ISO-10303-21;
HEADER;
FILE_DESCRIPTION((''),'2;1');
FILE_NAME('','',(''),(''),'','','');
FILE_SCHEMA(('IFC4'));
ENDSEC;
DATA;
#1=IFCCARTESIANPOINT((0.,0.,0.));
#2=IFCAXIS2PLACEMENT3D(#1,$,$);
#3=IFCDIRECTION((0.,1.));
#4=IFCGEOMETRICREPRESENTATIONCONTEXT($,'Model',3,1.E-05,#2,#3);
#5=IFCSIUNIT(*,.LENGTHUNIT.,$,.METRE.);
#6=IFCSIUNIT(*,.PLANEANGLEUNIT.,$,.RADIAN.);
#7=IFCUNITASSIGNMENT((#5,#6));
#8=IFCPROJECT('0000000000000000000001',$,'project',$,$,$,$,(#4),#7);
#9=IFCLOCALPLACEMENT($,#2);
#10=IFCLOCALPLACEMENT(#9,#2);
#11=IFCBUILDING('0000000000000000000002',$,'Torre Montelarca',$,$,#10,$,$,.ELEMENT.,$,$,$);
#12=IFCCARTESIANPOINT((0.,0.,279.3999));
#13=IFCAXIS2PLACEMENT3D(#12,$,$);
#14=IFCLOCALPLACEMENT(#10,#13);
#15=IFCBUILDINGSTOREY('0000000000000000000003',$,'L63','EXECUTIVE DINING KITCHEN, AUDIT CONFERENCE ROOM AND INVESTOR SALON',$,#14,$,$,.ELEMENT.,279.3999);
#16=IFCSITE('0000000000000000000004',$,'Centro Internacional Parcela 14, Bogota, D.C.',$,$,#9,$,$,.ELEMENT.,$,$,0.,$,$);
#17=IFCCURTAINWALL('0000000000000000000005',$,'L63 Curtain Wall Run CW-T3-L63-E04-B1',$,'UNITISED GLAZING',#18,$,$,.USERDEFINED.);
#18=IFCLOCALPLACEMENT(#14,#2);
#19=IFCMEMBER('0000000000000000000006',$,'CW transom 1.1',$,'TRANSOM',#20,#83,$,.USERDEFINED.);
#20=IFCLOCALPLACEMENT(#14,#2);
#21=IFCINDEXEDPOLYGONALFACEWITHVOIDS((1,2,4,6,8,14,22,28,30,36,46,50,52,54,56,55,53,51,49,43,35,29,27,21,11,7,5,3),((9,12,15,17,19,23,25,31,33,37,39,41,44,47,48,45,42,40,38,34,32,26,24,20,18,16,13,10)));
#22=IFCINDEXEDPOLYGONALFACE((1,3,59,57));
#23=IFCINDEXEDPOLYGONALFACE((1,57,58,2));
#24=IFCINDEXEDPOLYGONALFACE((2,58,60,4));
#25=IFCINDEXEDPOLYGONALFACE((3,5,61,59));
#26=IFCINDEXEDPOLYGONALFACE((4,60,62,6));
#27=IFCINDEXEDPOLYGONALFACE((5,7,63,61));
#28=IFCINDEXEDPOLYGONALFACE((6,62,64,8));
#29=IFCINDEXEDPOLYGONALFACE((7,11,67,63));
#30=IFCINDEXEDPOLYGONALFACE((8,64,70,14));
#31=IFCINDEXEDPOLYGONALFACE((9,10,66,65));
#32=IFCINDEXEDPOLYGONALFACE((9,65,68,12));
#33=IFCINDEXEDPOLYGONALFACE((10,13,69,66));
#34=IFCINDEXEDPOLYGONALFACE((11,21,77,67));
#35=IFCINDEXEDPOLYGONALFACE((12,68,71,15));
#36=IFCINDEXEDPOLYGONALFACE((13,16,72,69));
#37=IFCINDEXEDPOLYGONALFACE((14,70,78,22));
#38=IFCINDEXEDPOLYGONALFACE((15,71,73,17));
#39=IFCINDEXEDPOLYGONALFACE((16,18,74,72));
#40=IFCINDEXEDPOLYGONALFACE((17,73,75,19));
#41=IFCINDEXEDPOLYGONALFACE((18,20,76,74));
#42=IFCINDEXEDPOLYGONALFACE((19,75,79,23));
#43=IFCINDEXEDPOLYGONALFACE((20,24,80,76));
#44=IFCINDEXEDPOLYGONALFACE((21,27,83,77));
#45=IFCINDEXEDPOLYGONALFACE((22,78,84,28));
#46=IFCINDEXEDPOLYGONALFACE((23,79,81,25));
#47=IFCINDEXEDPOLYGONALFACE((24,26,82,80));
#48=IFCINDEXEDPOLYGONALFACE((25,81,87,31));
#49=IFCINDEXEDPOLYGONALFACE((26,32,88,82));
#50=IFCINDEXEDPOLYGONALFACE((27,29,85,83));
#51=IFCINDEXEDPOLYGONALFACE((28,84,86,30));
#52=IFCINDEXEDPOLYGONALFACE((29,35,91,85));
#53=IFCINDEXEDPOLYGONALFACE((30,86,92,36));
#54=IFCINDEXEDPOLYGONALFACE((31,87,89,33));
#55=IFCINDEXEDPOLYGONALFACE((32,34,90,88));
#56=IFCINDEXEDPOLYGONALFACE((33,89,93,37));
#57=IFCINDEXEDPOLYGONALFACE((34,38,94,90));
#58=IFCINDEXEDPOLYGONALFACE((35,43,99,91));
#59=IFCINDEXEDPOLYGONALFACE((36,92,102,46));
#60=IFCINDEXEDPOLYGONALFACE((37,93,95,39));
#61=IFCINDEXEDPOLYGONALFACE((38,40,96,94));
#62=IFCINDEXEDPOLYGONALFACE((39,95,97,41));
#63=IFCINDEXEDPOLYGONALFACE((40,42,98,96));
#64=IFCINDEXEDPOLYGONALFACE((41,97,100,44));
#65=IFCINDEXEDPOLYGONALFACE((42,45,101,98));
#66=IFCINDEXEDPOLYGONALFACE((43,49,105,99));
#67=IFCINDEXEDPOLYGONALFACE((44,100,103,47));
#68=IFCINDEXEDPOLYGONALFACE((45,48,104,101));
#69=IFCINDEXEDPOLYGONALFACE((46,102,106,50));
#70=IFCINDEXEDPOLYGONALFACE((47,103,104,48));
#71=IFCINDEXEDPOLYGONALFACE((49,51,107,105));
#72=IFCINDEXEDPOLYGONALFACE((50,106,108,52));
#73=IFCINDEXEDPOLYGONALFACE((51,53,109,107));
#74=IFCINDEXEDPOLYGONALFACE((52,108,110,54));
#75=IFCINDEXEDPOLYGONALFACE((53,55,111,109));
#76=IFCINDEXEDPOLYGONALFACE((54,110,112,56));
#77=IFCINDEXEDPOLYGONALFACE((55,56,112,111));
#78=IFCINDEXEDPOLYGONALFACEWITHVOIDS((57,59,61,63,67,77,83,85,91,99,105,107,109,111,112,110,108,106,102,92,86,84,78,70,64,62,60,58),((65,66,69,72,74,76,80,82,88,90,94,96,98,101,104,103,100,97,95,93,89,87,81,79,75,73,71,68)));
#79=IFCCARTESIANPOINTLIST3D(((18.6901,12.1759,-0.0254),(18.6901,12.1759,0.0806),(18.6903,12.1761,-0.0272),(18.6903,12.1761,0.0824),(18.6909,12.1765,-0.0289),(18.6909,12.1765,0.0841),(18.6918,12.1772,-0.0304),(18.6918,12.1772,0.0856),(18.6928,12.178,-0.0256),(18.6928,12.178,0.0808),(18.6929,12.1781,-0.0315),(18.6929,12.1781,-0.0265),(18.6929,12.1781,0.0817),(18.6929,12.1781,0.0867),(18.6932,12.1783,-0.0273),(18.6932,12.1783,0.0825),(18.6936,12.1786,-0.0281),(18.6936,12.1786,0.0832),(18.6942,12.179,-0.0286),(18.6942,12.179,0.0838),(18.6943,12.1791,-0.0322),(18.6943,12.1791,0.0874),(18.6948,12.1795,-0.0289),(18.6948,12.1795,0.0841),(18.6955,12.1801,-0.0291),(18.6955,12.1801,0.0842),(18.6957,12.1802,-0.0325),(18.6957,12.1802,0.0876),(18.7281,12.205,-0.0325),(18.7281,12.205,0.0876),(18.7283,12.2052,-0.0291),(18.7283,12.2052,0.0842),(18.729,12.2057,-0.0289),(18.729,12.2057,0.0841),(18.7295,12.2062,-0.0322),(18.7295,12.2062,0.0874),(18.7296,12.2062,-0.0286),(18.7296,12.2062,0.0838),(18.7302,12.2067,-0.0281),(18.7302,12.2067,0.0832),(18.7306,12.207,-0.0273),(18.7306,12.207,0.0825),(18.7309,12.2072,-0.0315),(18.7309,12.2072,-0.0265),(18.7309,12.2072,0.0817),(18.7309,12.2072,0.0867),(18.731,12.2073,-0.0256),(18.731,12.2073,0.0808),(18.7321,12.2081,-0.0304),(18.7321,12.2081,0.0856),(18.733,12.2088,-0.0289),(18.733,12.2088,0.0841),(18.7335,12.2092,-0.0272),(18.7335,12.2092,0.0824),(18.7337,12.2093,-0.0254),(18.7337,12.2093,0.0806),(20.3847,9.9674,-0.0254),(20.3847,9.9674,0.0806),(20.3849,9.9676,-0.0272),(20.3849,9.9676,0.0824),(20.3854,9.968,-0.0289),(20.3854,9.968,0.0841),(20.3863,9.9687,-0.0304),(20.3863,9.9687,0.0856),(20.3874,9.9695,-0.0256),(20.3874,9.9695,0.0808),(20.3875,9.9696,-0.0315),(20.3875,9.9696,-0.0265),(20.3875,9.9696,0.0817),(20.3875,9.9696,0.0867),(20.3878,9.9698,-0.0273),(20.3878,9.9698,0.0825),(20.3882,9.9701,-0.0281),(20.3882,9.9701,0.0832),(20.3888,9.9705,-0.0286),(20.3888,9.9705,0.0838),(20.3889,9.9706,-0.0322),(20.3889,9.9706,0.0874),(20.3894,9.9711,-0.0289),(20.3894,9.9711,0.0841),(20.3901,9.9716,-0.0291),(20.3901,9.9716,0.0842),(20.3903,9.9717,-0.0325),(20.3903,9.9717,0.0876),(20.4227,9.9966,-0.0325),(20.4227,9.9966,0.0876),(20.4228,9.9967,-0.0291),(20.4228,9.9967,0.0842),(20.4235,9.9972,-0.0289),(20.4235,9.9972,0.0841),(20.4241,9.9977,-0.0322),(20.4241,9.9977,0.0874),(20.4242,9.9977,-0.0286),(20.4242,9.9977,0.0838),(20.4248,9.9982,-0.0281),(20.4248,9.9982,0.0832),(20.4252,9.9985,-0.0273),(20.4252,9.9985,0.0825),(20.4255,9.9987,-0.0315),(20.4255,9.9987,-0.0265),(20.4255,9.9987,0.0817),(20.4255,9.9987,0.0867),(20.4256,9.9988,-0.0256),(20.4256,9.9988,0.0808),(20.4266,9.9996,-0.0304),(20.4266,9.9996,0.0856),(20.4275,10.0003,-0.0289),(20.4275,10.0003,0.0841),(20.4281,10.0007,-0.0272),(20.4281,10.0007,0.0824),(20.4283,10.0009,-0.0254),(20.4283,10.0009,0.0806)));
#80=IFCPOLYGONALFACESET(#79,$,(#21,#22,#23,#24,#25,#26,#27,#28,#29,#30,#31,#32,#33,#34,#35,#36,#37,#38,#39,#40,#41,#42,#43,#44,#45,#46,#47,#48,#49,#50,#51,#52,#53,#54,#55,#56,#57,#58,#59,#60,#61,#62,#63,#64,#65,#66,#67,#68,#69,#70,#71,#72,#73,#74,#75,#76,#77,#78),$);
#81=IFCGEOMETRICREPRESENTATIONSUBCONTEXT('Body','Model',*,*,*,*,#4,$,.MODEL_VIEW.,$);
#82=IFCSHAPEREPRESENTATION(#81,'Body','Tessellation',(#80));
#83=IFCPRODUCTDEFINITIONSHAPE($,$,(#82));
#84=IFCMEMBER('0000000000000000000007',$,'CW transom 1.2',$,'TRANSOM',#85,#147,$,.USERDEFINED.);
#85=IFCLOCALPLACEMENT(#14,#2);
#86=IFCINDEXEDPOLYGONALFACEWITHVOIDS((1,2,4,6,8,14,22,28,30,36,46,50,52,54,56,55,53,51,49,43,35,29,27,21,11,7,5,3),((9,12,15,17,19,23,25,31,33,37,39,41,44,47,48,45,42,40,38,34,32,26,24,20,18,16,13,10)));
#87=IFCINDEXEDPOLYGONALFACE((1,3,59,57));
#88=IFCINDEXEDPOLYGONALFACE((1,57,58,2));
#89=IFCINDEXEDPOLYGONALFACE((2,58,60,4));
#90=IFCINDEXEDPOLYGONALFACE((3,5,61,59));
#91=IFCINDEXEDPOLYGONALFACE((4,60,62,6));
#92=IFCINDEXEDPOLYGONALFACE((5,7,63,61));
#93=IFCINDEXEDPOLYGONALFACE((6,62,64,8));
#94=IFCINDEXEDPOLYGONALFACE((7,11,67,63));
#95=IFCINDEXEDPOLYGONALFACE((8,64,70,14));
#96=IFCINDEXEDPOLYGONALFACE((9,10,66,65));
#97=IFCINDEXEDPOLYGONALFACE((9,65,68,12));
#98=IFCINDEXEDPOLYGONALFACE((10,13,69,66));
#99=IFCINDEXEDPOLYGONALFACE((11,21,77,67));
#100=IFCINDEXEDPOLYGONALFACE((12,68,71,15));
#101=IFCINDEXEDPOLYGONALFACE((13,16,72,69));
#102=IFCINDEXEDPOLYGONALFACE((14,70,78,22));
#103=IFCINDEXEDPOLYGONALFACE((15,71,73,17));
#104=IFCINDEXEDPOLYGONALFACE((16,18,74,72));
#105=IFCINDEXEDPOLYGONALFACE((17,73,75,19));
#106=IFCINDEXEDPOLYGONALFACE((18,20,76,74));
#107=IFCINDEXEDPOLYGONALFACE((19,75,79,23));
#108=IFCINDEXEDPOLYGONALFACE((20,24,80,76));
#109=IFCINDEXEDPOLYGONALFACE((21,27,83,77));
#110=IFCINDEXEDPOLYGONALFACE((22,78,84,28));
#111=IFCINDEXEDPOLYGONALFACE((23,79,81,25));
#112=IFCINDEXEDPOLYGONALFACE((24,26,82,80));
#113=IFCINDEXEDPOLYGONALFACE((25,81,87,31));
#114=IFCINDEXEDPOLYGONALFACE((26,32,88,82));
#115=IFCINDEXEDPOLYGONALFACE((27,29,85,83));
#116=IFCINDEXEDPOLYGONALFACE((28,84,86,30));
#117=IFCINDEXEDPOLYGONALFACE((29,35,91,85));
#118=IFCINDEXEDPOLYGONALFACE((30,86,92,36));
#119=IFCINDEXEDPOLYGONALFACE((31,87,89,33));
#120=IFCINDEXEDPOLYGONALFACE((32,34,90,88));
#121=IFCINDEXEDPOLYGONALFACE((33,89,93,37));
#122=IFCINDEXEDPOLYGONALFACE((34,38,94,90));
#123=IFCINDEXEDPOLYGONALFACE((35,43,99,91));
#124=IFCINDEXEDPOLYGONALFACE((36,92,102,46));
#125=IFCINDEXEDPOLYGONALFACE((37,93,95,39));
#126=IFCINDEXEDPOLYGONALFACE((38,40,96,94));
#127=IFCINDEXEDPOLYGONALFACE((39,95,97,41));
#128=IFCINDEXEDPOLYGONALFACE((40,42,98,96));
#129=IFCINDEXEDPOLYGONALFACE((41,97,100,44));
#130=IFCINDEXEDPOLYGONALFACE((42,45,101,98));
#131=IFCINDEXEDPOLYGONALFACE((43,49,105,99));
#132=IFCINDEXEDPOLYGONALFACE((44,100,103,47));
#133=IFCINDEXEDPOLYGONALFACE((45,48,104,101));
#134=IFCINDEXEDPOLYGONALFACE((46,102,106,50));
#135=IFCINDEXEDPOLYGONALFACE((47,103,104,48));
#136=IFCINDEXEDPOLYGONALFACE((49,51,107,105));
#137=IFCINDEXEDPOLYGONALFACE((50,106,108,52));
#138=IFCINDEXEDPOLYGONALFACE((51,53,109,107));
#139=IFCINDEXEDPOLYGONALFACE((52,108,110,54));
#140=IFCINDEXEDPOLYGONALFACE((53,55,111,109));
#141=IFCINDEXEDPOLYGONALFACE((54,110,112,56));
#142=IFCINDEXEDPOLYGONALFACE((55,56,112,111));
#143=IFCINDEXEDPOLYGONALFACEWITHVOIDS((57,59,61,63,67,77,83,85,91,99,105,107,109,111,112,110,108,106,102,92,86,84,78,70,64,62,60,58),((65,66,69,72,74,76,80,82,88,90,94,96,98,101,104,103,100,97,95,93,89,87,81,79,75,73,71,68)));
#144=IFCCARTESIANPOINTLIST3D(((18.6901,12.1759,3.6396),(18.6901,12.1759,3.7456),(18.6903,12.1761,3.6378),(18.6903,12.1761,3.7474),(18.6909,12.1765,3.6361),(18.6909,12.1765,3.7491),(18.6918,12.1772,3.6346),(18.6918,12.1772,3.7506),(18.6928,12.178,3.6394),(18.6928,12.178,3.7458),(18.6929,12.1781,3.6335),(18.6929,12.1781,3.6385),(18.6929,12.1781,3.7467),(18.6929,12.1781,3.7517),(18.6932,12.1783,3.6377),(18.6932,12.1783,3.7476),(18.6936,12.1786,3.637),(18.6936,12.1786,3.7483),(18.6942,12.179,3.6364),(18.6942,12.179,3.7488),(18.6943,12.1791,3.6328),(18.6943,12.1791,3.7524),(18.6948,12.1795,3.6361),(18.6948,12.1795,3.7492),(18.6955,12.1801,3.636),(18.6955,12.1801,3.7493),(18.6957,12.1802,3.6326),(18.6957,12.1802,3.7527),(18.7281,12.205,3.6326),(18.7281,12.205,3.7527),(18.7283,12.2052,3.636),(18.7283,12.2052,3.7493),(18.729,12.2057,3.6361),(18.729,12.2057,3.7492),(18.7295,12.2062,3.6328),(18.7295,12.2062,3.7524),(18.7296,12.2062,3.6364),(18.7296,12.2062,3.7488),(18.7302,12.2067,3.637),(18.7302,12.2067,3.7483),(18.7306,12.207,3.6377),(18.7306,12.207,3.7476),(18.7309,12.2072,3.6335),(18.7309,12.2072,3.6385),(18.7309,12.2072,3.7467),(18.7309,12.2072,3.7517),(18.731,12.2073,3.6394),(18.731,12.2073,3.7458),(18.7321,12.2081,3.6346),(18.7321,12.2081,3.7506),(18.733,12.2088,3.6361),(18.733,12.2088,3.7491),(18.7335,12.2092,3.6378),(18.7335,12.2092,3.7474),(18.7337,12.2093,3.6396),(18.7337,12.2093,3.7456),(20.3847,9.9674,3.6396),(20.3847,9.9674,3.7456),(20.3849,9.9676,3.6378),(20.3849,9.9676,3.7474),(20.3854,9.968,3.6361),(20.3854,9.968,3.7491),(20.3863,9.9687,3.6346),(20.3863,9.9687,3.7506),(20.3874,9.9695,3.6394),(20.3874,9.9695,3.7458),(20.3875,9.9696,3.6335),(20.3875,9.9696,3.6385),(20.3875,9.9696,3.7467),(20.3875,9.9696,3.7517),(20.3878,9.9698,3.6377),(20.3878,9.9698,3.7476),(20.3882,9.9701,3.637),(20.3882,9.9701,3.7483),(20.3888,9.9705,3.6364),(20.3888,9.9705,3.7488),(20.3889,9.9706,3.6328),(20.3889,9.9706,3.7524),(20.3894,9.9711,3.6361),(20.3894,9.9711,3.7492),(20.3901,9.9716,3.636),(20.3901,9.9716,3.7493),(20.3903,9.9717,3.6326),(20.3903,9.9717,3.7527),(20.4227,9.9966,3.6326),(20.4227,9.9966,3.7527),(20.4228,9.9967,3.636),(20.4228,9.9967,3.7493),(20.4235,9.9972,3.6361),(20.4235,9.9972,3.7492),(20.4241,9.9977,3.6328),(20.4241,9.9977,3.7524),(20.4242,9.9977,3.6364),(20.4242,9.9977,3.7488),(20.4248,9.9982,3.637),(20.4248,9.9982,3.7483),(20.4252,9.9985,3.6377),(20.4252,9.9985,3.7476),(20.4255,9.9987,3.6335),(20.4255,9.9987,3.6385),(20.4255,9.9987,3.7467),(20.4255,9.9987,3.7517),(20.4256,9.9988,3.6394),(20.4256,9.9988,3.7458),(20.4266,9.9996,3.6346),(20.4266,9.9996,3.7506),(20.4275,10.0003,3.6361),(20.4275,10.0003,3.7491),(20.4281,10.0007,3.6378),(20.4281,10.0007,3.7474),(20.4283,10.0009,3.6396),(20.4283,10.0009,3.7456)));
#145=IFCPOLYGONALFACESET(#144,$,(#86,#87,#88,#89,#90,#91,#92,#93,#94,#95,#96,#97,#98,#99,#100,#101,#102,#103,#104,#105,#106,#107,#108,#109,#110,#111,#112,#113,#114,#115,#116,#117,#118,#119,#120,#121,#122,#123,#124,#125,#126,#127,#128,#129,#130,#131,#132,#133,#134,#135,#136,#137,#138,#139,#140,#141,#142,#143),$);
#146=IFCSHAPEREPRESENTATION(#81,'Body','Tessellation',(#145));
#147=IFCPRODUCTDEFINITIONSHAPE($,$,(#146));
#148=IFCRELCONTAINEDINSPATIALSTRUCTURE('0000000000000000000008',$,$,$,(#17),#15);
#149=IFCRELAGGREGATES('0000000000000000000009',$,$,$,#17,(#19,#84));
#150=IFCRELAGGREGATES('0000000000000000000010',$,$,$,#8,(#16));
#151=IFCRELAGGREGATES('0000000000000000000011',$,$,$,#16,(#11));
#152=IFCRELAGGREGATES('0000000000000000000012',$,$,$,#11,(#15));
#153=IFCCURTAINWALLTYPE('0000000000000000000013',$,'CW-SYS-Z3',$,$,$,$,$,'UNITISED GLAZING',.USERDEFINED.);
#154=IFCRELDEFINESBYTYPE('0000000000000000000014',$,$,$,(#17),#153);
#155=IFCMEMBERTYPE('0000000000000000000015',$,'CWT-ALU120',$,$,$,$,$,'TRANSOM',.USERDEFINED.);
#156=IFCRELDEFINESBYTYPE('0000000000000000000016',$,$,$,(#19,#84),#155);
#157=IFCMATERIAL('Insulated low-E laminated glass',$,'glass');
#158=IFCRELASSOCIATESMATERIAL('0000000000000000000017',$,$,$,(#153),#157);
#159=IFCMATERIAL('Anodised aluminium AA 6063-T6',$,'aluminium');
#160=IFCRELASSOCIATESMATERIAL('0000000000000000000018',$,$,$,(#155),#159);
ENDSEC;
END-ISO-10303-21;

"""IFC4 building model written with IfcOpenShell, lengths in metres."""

from ifc_helpers import new_model, si_unit, direction, frame, origin, origin_2d, place, context, subcontext, project, spatial, hollow_rectangle, extrude, source, transform, mapped, material, material_profile, profile_set, type_object, element, aggregate, save


model = new_model("IFC4")

# Units and contexts
model_context = context("Model", 3, precision=1e-05, world=origin(), true_north=direction((0.0, 1.0)))
body_context = subcontext(model_context, "Body", "Model", "MODEL_VIEW")
ifc_project = project(units=[si_unit("LENGTHUNIT", "METRE"), si_unit("PLANEANGLEUNIT", "RADIAN")], contexts=[model_context])

# Site, building, storey
site_placement = place(None, origin())
site = spatial("IfcSite", under=ifc_project, at=site_placement, Name="Centro Internacional Parcela 14, Bogota, D.C.", CompositionType="ELEMENT", RefElevation=0.0)
building_placement = place(site_placement, origin())
building = spatial("IfcBuilding", under=site, at=building_placement, Name="Torre Montelarca", CompositionType="ELEMENT")
storey_placement = place(building_placement, frame((0.0, 0.0, 279.3999)))
storey = spatial("IfcBuildingStorey", under=building, at=storey_placement, Name="L63", Description="EXECUTIVE DINING KITCHEN, AUDIT CONFERENCE ROOM AND INVESTOR SALON", CompositionType="ELEMENT", Elevation=279.3999)

# Curtain wall, members
ifc_material_1 = material(Name="Insulated low-E laminated glass", Category="glass")
curtain_wall_type = type_object("IfcCurtainWallType", Name="CW-SYS-Z3", ElementType="UNITISED GLAZING", PredefinedType="USERDEFINED", material=ifc_material_1)
ifc_material_2 = material(Name="Anodised aluminium AA 6063-T6", Category="aluminium")
ifc_material_profile_1 = material_profile(ifc_material_2, hollow_rectangle(XDim=0.0549, YDim=0.1201, WallThickness=0.0034, InnerFilletRadius=0.0034, OuterFilletRadius=0.0071, at=origin_2d()), Name="ALU55X120X3.5", Category="aluminium")
ifc_profile_set_1 = profile_set([ifc_material_profile_1], Name="Anodised aluminium AA 6063-T6")
member_type_1 = type_object("IfcMemberType", Name="CWT-ALU120", ElementType="TRANSOM", PredefinedType="USERDEFINED", material=ifc_profile_set_1)
curtain_wall_1_placement = place(storey_placement, origin())
curtain_wall_1 = element("IfcCurtainWall", 1, at=curtain_wall_1_placement, inside=storey, type_object=curtain_wall_type, Name="L63 Curtain Wall Run CW-T3-L63-E04-B1", ObjectType="UNITISED GLAZING", PredefinedType="USERDEFINED")
shared_shape_1 = source(origin(), body_context, "Body", "SweptSolid", [
    extrude(hollow_rectangle(XDim=0.0549, YDim=0.1201, WallThickness=0.0034, InnerFilletRadius=0.0034, OuterFilletRadius=0.0071, at=origin_2d()), origin(), (0.0, 0.0, 1.0), 2.7837),
])
member_1_placement = place(storey_placement, frame((18.7119, 12.1926, 0.0276), z_axis=(0.608748, -0.793364, 0.0), x_axis=(0.793364, 0.608748, 0.0)))
member_1 = element("IfcMember", 2, at=member_1_placement, type_object=member_type_1, Name="CW transom 1.1", ObjectType="TRANSOM", PredefinedType="USERDEFINED", context=body_context, shape_type="MappedRepresentation", body=[
    mapped(shared_shape_1, transform((0.0, 0.0, 0.0), scale=1.0)),
])
member_2_placement = place(storey_placement, frame((18.7119, 12.1926, 3.6926), z_axis=(0.608748, -0.793364, 0.0), x_axis=(0.793364, 0.608748, 0.0)))
member_2 = element("IfcMember", 3, at=member_2_placement, type_object=member_type_1, Name="CW transom 1.2", ObjectType="TRANSOM", PredefinedType="USERDEFINED", context=body_context, shape_type="MappedRepresentation", body=[
    mapped(shared_shape_1, transform((0.0, 0.0, 0.0), scale=1.0)),
])

aggregate(curtain_wall_1, [member_1, member_2])

save(model, "model.ifc")
